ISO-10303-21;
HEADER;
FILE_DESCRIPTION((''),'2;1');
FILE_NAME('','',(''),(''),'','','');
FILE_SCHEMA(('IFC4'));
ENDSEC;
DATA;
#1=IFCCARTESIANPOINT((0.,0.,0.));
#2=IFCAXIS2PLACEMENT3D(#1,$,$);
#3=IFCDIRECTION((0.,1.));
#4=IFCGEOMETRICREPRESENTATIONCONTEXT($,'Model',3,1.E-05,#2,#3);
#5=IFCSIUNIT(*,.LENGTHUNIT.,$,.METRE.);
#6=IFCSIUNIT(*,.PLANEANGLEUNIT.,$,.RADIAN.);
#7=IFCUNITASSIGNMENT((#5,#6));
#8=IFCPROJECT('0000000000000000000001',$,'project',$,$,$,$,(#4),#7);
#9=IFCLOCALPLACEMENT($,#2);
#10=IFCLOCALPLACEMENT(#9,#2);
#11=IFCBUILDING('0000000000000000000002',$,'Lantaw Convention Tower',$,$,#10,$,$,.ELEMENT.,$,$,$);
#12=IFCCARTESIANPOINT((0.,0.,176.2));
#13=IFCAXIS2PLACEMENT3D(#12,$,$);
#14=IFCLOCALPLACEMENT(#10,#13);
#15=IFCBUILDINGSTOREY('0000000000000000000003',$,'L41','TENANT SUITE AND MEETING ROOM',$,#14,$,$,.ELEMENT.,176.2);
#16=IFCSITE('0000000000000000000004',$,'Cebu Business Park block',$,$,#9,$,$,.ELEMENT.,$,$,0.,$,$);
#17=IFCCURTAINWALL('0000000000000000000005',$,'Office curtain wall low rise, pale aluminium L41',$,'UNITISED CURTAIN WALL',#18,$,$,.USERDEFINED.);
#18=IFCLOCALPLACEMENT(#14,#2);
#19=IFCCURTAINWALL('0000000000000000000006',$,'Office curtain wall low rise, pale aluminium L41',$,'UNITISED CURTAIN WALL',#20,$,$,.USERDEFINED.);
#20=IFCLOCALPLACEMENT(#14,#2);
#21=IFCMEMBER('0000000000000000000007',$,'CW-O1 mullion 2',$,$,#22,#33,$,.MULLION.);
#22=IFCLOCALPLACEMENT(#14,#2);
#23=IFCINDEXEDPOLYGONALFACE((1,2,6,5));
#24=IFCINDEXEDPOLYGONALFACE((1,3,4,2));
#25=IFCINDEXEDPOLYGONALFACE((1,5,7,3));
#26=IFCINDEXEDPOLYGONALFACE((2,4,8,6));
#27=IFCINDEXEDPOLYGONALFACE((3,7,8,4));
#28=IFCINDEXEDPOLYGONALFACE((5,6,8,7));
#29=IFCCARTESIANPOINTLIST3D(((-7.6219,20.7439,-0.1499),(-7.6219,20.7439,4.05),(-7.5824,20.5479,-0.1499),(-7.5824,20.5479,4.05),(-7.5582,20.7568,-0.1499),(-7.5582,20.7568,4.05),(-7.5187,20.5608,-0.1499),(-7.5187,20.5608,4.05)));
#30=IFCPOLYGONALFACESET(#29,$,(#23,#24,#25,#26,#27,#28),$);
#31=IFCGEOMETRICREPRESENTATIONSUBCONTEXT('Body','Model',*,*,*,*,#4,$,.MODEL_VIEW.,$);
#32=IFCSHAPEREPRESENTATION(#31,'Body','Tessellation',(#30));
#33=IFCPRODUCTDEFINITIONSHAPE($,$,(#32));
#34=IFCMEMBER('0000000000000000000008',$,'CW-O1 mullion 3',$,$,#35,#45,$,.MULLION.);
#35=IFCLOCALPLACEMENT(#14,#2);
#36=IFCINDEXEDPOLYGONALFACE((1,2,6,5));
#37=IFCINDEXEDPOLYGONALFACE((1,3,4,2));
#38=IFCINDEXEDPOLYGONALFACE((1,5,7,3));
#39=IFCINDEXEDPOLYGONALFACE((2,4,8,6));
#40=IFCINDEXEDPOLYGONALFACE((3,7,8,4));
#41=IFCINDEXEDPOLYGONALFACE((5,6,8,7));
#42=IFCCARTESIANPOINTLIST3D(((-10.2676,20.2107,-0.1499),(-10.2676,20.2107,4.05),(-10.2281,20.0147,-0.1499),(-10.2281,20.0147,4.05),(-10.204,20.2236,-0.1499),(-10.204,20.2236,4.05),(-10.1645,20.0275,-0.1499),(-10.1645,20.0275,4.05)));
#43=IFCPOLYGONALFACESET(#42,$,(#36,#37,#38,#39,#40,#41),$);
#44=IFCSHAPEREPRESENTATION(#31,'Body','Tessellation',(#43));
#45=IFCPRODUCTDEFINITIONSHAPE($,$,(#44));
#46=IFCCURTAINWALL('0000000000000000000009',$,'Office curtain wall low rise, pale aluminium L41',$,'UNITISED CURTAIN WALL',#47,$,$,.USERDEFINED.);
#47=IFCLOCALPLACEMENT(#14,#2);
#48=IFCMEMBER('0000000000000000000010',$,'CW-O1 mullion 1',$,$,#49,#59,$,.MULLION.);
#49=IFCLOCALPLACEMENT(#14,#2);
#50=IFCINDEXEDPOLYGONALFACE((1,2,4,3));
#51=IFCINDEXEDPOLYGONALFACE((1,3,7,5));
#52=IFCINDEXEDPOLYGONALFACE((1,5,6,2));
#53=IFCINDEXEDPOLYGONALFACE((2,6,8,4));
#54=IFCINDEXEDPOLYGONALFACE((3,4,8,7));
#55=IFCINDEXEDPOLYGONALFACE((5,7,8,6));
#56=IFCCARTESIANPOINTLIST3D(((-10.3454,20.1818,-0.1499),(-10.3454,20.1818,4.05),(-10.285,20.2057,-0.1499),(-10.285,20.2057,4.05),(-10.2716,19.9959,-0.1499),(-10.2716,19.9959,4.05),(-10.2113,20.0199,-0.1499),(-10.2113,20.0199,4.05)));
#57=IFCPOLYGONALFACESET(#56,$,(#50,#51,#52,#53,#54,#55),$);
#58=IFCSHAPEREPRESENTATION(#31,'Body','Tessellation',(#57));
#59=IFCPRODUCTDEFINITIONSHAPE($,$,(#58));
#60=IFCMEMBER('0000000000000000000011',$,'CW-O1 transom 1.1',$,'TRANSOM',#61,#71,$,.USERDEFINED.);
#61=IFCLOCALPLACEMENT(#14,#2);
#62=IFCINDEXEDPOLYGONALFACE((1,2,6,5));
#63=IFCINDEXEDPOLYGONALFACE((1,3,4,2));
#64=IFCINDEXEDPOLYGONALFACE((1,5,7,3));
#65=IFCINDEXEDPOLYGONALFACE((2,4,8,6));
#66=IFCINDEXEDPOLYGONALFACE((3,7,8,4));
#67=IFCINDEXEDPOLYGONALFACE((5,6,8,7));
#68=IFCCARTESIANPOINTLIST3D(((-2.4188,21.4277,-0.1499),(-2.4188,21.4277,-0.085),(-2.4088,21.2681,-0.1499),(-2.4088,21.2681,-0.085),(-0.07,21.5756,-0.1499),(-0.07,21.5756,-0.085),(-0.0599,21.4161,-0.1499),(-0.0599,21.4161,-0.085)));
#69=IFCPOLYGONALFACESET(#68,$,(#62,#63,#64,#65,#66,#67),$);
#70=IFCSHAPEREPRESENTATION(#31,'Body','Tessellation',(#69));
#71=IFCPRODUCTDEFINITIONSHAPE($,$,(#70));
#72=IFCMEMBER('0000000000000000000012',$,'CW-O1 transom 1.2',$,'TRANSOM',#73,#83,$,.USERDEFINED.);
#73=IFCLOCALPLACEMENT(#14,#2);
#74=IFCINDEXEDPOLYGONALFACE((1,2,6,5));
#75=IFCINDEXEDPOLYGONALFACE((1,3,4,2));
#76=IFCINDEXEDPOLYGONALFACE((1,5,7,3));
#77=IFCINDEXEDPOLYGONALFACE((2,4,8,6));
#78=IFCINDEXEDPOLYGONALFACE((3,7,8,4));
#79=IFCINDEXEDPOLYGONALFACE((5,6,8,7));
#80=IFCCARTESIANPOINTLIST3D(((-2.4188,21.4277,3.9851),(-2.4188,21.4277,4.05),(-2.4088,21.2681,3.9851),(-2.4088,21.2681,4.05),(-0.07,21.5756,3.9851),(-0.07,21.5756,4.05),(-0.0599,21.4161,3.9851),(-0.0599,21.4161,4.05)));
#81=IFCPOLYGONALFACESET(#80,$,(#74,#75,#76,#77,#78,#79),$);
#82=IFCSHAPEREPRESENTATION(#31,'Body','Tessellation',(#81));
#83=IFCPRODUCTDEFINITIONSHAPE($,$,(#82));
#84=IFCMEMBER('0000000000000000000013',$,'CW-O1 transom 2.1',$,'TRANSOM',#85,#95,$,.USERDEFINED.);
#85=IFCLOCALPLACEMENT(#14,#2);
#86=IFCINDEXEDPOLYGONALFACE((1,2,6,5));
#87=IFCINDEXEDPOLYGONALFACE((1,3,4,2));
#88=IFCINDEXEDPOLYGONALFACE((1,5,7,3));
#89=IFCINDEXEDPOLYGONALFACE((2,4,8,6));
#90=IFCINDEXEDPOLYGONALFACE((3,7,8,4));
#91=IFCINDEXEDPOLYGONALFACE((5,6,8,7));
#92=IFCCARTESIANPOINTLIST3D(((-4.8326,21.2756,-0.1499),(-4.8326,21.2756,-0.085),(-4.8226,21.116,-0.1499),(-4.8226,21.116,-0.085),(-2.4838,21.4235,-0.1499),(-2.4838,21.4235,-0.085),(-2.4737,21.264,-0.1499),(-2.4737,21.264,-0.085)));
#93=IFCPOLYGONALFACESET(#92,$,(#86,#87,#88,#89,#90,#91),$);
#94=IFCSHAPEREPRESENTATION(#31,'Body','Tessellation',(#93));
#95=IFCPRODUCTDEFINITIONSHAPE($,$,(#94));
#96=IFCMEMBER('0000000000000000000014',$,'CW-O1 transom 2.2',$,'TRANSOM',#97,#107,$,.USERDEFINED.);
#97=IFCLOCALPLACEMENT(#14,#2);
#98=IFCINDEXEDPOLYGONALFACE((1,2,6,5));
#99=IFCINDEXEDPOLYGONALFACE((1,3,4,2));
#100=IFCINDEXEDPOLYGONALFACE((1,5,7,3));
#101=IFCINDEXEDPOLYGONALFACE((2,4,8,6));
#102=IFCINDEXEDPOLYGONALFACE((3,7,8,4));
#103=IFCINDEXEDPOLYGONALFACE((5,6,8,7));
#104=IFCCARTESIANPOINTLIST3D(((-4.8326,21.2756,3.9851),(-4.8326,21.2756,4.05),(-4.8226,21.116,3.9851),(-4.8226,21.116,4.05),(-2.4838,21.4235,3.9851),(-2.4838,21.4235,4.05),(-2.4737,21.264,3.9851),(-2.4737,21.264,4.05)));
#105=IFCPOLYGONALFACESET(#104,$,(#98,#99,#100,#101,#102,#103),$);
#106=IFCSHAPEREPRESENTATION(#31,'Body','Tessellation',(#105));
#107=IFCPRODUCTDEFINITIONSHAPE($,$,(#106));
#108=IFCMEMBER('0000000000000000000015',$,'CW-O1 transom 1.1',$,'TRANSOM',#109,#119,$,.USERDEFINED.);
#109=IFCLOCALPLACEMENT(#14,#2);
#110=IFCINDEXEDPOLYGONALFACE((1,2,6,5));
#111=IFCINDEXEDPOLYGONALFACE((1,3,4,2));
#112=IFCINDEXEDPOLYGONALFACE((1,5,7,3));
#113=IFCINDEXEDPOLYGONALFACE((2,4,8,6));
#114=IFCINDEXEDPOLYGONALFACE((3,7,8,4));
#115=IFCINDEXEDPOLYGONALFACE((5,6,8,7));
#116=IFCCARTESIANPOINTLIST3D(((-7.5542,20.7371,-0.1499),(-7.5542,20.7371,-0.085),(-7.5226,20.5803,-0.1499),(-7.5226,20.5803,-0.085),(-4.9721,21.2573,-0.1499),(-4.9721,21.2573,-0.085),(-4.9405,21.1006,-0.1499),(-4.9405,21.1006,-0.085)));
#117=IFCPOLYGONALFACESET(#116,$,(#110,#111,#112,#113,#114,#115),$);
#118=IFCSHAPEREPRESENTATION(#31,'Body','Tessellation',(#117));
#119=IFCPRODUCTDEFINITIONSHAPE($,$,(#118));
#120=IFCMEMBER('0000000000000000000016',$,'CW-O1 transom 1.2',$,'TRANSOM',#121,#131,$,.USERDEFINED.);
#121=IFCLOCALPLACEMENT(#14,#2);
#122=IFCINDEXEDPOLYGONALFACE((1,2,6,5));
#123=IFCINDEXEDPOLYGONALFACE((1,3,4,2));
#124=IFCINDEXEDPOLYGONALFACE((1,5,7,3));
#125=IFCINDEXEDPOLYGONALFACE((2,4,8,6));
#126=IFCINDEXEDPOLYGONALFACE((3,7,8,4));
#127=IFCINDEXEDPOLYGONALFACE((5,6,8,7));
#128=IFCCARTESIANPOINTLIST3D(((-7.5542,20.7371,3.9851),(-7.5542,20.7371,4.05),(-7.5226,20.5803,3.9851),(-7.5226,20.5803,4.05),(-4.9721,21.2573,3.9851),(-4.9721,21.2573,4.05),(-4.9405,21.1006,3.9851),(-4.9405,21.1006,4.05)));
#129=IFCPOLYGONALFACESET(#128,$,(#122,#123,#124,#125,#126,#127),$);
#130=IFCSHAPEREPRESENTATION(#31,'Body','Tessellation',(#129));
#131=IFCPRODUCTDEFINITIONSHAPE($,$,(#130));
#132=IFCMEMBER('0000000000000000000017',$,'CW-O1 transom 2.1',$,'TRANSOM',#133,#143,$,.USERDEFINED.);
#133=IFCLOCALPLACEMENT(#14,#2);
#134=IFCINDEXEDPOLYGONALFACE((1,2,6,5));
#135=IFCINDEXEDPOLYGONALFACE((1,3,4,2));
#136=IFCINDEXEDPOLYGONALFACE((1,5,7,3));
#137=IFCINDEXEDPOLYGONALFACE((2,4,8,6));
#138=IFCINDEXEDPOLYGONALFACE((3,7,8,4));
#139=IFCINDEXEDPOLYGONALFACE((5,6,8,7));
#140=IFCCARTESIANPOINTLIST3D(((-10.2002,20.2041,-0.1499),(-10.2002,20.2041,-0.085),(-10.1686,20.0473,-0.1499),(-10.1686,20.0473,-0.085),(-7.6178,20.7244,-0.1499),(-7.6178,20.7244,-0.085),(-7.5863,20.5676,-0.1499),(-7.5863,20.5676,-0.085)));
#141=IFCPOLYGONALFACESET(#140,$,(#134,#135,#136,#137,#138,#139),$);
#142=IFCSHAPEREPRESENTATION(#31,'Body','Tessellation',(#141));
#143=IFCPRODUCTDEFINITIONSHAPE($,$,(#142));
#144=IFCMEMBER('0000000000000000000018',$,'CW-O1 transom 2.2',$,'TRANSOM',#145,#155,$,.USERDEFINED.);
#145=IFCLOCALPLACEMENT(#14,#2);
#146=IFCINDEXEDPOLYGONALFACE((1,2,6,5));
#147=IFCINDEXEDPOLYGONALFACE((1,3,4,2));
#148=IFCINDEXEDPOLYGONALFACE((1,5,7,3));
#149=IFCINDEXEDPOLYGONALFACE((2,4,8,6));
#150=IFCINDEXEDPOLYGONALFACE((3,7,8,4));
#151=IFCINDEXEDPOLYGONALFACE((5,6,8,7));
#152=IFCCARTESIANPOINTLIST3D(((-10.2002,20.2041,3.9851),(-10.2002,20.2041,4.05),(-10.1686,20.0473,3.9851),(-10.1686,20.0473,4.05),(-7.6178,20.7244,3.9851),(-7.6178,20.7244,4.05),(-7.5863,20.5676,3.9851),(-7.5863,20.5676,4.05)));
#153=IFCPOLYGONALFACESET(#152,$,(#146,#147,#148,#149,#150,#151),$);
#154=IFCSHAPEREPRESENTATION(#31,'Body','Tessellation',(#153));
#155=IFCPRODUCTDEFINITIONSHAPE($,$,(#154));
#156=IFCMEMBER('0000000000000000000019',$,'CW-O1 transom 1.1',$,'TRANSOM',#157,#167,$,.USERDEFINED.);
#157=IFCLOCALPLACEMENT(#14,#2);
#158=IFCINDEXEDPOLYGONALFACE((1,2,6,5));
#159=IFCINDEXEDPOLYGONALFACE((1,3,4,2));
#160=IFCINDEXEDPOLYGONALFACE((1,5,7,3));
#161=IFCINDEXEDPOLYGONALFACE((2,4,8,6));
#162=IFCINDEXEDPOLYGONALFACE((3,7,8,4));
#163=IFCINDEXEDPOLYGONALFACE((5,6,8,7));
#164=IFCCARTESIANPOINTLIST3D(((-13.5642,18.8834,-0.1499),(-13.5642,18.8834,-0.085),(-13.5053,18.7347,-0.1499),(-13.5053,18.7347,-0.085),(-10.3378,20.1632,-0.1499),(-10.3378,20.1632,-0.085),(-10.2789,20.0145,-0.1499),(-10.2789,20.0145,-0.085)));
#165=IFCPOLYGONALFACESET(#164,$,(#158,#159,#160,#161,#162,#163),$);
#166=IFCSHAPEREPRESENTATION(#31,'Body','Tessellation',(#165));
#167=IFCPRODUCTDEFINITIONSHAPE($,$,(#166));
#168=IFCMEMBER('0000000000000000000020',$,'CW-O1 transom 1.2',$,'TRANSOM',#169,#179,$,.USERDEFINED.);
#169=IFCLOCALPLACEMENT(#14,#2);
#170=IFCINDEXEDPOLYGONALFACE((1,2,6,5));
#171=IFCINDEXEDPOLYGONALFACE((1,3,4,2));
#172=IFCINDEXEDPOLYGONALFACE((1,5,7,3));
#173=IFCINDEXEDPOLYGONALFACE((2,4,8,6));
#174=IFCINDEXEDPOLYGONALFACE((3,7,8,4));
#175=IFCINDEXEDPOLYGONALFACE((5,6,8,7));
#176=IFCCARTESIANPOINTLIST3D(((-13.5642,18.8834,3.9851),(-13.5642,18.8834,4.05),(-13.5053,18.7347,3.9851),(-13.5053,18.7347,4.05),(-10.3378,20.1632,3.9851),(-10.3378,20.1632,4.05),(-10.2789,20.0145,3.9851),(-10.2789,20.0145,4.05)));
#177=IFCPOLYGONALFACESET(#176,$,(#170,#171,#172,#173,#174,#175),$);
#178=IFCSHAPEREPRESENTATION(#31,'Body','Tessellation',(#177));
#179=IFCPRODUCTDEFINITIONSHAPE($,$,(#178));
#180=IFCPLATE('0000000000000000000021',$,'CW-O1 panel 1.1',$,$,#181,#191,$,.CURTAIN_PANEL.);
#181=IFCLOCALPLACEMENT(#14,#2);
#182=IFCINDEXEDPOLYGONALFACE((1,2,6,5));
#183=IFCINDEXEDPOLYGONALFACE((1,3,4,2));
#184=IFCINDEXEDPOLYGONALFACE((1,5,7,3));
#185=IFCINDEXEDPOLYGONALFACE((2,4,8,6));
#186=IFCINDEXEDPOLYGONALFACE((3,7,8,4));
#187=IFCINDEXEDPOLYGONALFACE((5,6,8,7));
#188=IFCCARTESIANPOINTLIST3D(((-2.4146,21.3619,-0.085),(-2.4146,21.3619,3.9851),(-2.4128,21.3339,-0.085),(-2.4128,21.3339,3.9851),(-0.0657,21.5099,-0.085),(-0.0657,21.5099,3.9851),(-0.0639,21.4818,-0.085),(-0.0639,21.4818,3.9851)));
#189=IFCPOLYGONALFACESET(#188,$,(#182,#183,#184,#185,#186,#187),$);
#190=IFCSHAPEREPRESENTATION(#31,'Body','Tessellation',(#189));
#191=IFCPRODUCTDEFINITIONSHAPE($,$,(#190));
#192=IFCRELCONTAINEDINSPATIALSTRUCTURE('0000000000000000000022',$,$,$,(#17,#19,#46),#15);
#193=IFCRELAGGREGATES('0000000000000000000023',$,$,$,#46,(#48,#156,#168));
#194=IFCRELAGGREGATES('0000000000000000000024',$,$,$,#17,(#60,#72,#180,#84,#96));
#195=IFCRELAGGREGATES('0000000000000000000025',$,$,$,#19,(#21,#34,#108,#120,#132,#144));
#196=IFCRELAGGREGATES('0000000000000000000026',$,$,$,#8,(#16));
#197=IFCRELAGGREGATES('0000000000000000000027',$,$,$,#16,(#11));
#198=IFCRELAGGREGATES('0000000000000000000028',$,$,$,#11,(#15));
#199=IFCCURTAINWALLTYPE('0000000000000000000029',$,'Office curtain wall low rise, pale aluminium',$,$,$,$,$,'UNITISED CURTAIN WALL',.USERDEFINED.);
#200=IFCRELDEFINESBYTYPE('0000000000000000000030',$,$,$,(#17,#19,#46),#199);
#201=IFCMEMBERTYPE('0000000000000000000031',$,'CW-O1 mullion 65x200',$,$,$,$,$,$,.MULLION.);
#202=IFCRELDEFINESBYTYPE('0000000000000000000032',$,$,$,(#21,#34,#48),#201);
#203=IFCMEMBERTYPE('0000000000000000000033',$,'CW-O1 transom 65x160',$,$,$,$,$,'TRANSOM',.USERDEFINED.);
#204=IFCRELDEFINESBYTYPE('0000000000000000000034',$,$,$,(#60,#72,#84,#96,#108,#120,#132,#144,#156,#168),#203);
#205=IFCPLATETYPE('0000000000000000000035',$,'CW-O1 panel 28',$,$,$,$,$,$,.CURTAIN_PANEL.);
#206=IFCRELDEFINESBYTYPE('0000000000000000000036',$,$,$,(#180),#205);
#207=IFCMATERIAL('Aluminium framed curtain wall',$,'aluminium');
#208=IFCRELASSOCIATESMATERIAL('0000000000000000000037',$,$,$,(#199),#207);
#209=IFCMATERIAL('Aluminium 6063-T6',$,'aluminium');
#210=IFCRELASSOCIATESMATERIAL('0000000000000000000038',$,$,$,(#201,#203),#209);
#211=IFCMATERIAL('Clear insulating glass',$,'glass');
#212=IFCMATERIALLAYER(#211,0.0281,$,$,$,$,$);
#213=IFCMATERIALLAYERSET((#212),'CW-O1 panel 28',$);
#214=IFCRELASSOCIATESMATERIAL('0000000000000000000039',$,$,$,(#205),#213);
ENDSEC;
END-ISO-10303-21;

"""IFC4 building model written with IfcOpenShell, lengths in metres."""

from ifc_helpers import new_model, si_unit, direction, frame, origin, origin_2d, place, context, subcontext, project, spatial, rectangle, extrude, material, layer, layer_set, material_profile, profile_set, type_object, element, aggregate, save


model = new_model("IFC4")

# Units and contexts
model_context = context("Model", 3, precision=1e-05, world=origin(), true_north=direction((0.0, 1.0)))
body_context = subcontext(model_context, "Body", "Model", "MODEL_VIEW")
ifc_project = project(units=[si_unit("LENGTHUNIT", "METRE"), si_unit("PLANEANGLEUNIT", "RADIAN")], contexts=[model_context])

# Site, building, storey
site_placement = place(None, origin())
site = spatial("IfcSite", under=ifc_project, at=site_placement, Name="Cebu Business Park block", CompositionType="ELEMENT", RefElevation=0.0)
building_placement = place(site_placement, origin())
building = spatial("IfcBuilding", under=site, at=building_placement, Name="Lantaw Convention Tower", CompositionType="ELEMENT")
storey_placement = place(building_placement, frame((0.0, 0.0, 176.2)))
storey = spatial("IfcBuildingStorey", under=building, at=storey_placement, Name="L41", Description="TENANT SUITE AND MEETING ROOM", CompositionType="ELEMENT", Elevation=176.2)

# Curtain walls, members
ifc_material_1 = material(Name="Aluminium framed curtain wall", Category="aluminium")
curtain_wall_type = type_object("IfcCurtainWallType", Name="Office curtain wall low rise, pale aluminium", ElementType="UNITISED CURTAIN WALL", PredefinedType="USERDEFINED", material=ifc_material_1)
curtain_wall_1_placement = place(storey_placement, origin())
curtain_wall_1 = element("IfcCurtainWall", 1, at=curtain_wall_1_placement, inside=storey, type_object=curtain_wall_type, Name="Office curtain wall low rise, pale aluminium L41", ObjectType="UNITISED CURTAIN WALL", PredefinedType="USERDEFINED")
ifc_material_2 = material(Name="Aluminium 6063-T6", Category="aluminium")
ifc_material_profile_1 = material_profile(ifc_material_2, rectangle(XDim=0.2, YDim=0.0649, at=origin_2d()), Name="CW-O1 mullion 65x200")
ifc_profile_set_1 = profile_set([ifc_material_profile_1], Name="Aluminium 6063-T6")
member_type_1 = type_object("IfcMemberType", Name="CW-O1 mullion 65x200", PredefinedType="MULLION", material=ifc_profile_set_1)
curtain_wall_2_placement = place(storey_placement, origin())
curtain_wall_2 = element("IfcCurtainWall", 2, at=curtain_wall_2_placement, inside=storey, type_object=curtain_wall_type, Name="Office curtain wall low rise, pale aluminium L41", ObjectType="UNITISED CURTAIN WALL", PredefinedType="USERDEFINED")
member_1_placement = place(storey_placement, frame((-7.5703, 20.6523, -0.1499), z_axis=(0.0, 0.0, 1.0), x_axis=(0.197507, -0.980302, 0.0)))
member_1 = element("IfcMember", 3, at=member_1_placement, type_object=member_type_1, Name="CW-O1 mullion 2", PredefinedType="MULLION", context=body_context, shape_type="SweptSolid", body=[
    extrude(rectangle(XDim=0.2, YDim=0.0649, at=origin_2d()), origin(), (0.0, 0.0, 1.0), 4.2),
])
member_2_placement = place(storey_placement, frame((-10.2161, 20.1191, -0.1499), z_axis=(0.0, 0.0, 1.0), x_axis=(0.197507, -0.980302, 0.0)))
member_2 = element("IfcMember", 4, at=member_2_placement, type_object=member_type_1, Name="CW-O1 mullion 3", PredefinedType="MULLION", context=body_context, shape_type="SweptSolid", body=[
    extrude(rectangle(XDim=0.2, YDim=0.0649, at=origin_2d()), origin(), (0.0, 0.0, 1.0), 4.2),
])

# Curtain wall, member
curtain_wall_3_placement = place(storey_placement, origin())
curtain_wall_3 = element("IfcCurtainWall", 5, at=curtain_wall_3_placement, inside=storey, type_object=curtain_wall_type, Name="Office curtain wall low rise, pale aluminium L41", ObjectType="UNITISED CURTAIN WALL", PredefinedType="USERDEFINED")
member_3_placement = place(storey_placement, frame((-10.2783, 20.1008, -0.1499), z_axis=(0.0, 0.0, 1.0), x_axis=(0.368702, -0.929548, 0.0)))
member_3 = element("IfcMember", 6, at=member_3_placement, type_object=member_type_1, Name="CW-O1 mullion 1", PredefinedType="MULLION", context=body_context, shape_type="SweptSolid", body=[
    extrude(rectangle(XDim=0.2, YDim=0.0649, at=origin_2d()), origin(), (0.0, 0.0, 1.0), 4.2),
])

# Members
ifc_material_profile_2 = material_profile(ifc_material_2, rectangle(XDim=0.1599, YDim=0.0649, at=origin_2d()), Name="CW-O1 transom 65x160")
ifc_profile_set_2 = profile_set([ifc_material_profile_2], Name="Aluminium 6063-T6")
member_type_2 = type_object("IfcMemberType", Name="CW-O1 transom 65x160", ElementType="TRANSOM", PredefinedType="USERDEFINED", material=ifc_profile_set_2)
member_4_placement = place(storey_placement, frame((-0.0649, 21.4958, -0.1174), z_axis=(-0.998022, -0.062863, 0.0), x_axis=(0.062863, -0.998022, 0.0)))
member_4 = element("IfcMember", 7, at=member_4_placement, type_object=member_type_2, Name="CW-O1 transom 1.1", ObjectType="TRANSOM", PredefinedType="USERDEFINED", context=body_context, shape_type="SweptSolid", body=[
    extrude(rectangle(XDim=0.1599, YDim=0.0649, at=origin_2d()), origin(), (0.0, 0.0, 1.0), 2.3535),
])
member_5_placement = place(storey_placement, frame((-0.0649, 21.4958, 4.0176), z_axis=(-0.998022, -0.062863, 0.0), x_axis=(0.062863, -0.998022, 0.0)))
member_5 = element("IfcMember", 8, at=member_5_placement, type_object=member_type_2, Name="CW-O1 transom 1.2", ObjectType="TRANSOM", PredefinedType="USERDEFINED", context=body_context, shape_type="SweptSolid", body=[
    extrude(rectangle(XDim=0.1599, YDim=0.0649, at=origin_2d()), origin(), (0.0, 0.0, 1.0), 2.3535),
])
member_6_placement = place(storey_placement, frame((-2.4788, 21.3438, -0.1174), z_axis=(-0.998022, -0.062863, 0.0), x_axis=(0.062863, -0.998022, 0.0)))
member_6 = element("IfcMember", 9, at=member_6_placement, type_object=member_type_2, Name="CW-O1 transom 2.1", ObjectType="TRANSOM", PredefinedType="USERDEFINED", context=body_context, shape_type="SweptSolid", body=[
    extrude(rectangle(XDim=0.1599, YDim=0.0649, at=origin_2d()), origin(), (0.0, 0.0, 1.0), 2.3535),
])
member_7_placement = place(storey_placement, frame((-2.4788, 21.3438, 4.0176), z_axis=(-0.998022, -0.062863, 0.0), x_axis=(0.062863, -0.998022, 0.0)))
member_7 = element("IfcMember", 10, at=member_7_placement, type_object=member_type_2, Name="CW-O1 transom 2.2", ObjectType="TRANSOM", PredefinedType="USERDEFINED", context=body_context, shape_type="SweptSolid", body=[
    extrude(rectangle(XDim=0.1599, YDim=0.0649, at=origin_2d()), origin(), (0.0, 0.0, 1.0), 2.3535),
])
member_8_placement = place(storey_placement, frame((-4.9563, 21.179, -0.1174), z_axis=(-0.980298, -0.197524, 0.0), x_axis=(0.197524, -0.980298, 0.0)))
member_8 = element("IfcMember", 11, at=member_8_placement, type_object=member_type_2, Name="CW-O1 transom 1.1", ObjectType="TRANSOM", PredefinedType="USERDEFINED", context=body_context, shape_type="SweptSolid", body=[
    extrude(rectangle(XDim=0.1599, YDim=0.0649, at=origin_2d()), origin(), (0.0, 0.0, 1.0), 2.634),
])
member_9_placement = place(storey_placement, frame((-4.9563, 21.179, 4.0176), z_axis=(-0.980298, -0.197524, 0.0), x_axis=(0.197524, -0.980298, 0.0)))
member_9 = element("IfcMember", 12, at=member_9_placement, type_object=member_type_2, Name="CW-O1 transom 1.2", ObjectType="TRANSOM", PredefinedType="USERDEFINED", context=body_context, shape_type="SweptSolid", body=[
    extrude(rectangle(XDim=0.1599, YDim=0.0649, at=origin_2d()), origin(), (0.0, 0.0, 1.0), 2.634),
])
member_10_placement = place(storey_placement, frame((-7.6021, 20.646, -0.1174), z_axis=(-0.980302, -0.197506, 0.0), x_axis=(0.197506, -0.980302, 0.0)))
member_10 = element("IfcMember", 13, at=member_10_placement, type_object=member_type_2, Name="CW-O1 transom 2.1", ObjectType="TRANSOM", PredefinedType="USERDEFINED", context=body_context, shape_type="SweptSolid", body=[
    extrude(rectangle(XDim=0.1599, YDim=0.0649, at=origin_2d()), origin(), (0.0, 0.0, 1.0), 2.6343),
])
member_11_placement = place(storey_placement, frame((-7.6021, 20.646, 4.0176), z_axis=(-0.980302, -0.197506, 0.0), x_axis=(0.197506, -0.980302, 0.0)))
member_11 = element("IfcMember", 14, at=member_11_placement, type_object=member_type_2, Name="CW-O1 transom 2.2", ObjectType="TRANSOM", PredefinedType="USERDEFINED", context=body_context, shape_type="SweptSolid", body=[
    extrude(rectangle(XDim=0.1599, YDim=0.0649, at=origin_2d()), origin(), (0.0, 0.0, 1.0), 2.6343),
])
member_12_placement = place(storey_placement, frame((-10.3083, 20.0889, -0.1174), z_axis=(-0.92954, -0.368721, 0.0), x_axis=(0.368721, -0.92954, 0.0)))
member_12 = element("IfcMember", 15, at=member_12_placement, type_object=member_type_2, Name="CW-O1 transom 1.1", ObjectType="TRANSOM", PredefinedType="USERDEFINED", context=body_context, shape_type="SweptSolid", body=[
    extrude(rectangle(XDim=0.1599, YDim=0.0649, at=origin_2d()), origin(), (0.0, 0.0, 1.0), 3.4709),
])
member_13_placement = place(storey_placement, frame((-10.3083, 20.0889, 4.0176), z_axis=(-0.92954, -0.368721, 0.0), x_axis=(0.368721, -0.92954, 0.0)))
member_13 = element("IfcMember", 16, at=member_13_placement, type_object=member_type_2, Name="CW-O1 transom 1.2", ObjectType="TRANSOM", PredefinedType="USERDEFINED", context=body_context, shape_type="SweptSolid", body=[
    extrude(rectangle(XDim=0.1599, YDim=0.0649, at=origin_2d()), origin(), (0.0, 0.0, 1.0), 3.4709),
])
aggregate(curtain_wall_3, [member_3, member_12, member_13])

# Plate
ifc_material_3 = material(Name="Clear insulating glass", Category="glass")
ifc_layer_1 = layer(ifc_material_3, 0.0281)
ifc_layer_set_1 = layer_set([ifc_layer_1], Name="CW-O1 panel 28")
plate_type_1 = type_object("IfcPlateType", Name="CW-O1 panel 28", PredefinedType="CURTAIN_PANEL", material=ifc_layer_set_1)
plate_1_placement = place(storey_placement, frame((-1.2393, 21.4219, -0.085), z_axis=(0.0, 0.0, 1.0), x_axis=(-0.998022, -0.062865, 0.0)))
plate_1 = element("IfcPlate", 17, at=plate_1_placement, type_object=plate_type_1, Name="CW-O1 panel 1.1", PredefinedType="CURTAIN_PANEL", context=body_context, shape_type="SweptSolid", body=[
    extrude(rectangle(XDim=2.3535, YDim=0.0281, at=origin_2d()), origin(), (0.0, 0.0, 1.0), 4.0701),
])
aggregate(curtain_wall_1, [member_4, member_5, plate_1, member_6, member_7])
aggregate(curtain_wall_2, [member_1, member_2, member_8, member_9, member_10, member_11])

save(model, "model.ifc")
